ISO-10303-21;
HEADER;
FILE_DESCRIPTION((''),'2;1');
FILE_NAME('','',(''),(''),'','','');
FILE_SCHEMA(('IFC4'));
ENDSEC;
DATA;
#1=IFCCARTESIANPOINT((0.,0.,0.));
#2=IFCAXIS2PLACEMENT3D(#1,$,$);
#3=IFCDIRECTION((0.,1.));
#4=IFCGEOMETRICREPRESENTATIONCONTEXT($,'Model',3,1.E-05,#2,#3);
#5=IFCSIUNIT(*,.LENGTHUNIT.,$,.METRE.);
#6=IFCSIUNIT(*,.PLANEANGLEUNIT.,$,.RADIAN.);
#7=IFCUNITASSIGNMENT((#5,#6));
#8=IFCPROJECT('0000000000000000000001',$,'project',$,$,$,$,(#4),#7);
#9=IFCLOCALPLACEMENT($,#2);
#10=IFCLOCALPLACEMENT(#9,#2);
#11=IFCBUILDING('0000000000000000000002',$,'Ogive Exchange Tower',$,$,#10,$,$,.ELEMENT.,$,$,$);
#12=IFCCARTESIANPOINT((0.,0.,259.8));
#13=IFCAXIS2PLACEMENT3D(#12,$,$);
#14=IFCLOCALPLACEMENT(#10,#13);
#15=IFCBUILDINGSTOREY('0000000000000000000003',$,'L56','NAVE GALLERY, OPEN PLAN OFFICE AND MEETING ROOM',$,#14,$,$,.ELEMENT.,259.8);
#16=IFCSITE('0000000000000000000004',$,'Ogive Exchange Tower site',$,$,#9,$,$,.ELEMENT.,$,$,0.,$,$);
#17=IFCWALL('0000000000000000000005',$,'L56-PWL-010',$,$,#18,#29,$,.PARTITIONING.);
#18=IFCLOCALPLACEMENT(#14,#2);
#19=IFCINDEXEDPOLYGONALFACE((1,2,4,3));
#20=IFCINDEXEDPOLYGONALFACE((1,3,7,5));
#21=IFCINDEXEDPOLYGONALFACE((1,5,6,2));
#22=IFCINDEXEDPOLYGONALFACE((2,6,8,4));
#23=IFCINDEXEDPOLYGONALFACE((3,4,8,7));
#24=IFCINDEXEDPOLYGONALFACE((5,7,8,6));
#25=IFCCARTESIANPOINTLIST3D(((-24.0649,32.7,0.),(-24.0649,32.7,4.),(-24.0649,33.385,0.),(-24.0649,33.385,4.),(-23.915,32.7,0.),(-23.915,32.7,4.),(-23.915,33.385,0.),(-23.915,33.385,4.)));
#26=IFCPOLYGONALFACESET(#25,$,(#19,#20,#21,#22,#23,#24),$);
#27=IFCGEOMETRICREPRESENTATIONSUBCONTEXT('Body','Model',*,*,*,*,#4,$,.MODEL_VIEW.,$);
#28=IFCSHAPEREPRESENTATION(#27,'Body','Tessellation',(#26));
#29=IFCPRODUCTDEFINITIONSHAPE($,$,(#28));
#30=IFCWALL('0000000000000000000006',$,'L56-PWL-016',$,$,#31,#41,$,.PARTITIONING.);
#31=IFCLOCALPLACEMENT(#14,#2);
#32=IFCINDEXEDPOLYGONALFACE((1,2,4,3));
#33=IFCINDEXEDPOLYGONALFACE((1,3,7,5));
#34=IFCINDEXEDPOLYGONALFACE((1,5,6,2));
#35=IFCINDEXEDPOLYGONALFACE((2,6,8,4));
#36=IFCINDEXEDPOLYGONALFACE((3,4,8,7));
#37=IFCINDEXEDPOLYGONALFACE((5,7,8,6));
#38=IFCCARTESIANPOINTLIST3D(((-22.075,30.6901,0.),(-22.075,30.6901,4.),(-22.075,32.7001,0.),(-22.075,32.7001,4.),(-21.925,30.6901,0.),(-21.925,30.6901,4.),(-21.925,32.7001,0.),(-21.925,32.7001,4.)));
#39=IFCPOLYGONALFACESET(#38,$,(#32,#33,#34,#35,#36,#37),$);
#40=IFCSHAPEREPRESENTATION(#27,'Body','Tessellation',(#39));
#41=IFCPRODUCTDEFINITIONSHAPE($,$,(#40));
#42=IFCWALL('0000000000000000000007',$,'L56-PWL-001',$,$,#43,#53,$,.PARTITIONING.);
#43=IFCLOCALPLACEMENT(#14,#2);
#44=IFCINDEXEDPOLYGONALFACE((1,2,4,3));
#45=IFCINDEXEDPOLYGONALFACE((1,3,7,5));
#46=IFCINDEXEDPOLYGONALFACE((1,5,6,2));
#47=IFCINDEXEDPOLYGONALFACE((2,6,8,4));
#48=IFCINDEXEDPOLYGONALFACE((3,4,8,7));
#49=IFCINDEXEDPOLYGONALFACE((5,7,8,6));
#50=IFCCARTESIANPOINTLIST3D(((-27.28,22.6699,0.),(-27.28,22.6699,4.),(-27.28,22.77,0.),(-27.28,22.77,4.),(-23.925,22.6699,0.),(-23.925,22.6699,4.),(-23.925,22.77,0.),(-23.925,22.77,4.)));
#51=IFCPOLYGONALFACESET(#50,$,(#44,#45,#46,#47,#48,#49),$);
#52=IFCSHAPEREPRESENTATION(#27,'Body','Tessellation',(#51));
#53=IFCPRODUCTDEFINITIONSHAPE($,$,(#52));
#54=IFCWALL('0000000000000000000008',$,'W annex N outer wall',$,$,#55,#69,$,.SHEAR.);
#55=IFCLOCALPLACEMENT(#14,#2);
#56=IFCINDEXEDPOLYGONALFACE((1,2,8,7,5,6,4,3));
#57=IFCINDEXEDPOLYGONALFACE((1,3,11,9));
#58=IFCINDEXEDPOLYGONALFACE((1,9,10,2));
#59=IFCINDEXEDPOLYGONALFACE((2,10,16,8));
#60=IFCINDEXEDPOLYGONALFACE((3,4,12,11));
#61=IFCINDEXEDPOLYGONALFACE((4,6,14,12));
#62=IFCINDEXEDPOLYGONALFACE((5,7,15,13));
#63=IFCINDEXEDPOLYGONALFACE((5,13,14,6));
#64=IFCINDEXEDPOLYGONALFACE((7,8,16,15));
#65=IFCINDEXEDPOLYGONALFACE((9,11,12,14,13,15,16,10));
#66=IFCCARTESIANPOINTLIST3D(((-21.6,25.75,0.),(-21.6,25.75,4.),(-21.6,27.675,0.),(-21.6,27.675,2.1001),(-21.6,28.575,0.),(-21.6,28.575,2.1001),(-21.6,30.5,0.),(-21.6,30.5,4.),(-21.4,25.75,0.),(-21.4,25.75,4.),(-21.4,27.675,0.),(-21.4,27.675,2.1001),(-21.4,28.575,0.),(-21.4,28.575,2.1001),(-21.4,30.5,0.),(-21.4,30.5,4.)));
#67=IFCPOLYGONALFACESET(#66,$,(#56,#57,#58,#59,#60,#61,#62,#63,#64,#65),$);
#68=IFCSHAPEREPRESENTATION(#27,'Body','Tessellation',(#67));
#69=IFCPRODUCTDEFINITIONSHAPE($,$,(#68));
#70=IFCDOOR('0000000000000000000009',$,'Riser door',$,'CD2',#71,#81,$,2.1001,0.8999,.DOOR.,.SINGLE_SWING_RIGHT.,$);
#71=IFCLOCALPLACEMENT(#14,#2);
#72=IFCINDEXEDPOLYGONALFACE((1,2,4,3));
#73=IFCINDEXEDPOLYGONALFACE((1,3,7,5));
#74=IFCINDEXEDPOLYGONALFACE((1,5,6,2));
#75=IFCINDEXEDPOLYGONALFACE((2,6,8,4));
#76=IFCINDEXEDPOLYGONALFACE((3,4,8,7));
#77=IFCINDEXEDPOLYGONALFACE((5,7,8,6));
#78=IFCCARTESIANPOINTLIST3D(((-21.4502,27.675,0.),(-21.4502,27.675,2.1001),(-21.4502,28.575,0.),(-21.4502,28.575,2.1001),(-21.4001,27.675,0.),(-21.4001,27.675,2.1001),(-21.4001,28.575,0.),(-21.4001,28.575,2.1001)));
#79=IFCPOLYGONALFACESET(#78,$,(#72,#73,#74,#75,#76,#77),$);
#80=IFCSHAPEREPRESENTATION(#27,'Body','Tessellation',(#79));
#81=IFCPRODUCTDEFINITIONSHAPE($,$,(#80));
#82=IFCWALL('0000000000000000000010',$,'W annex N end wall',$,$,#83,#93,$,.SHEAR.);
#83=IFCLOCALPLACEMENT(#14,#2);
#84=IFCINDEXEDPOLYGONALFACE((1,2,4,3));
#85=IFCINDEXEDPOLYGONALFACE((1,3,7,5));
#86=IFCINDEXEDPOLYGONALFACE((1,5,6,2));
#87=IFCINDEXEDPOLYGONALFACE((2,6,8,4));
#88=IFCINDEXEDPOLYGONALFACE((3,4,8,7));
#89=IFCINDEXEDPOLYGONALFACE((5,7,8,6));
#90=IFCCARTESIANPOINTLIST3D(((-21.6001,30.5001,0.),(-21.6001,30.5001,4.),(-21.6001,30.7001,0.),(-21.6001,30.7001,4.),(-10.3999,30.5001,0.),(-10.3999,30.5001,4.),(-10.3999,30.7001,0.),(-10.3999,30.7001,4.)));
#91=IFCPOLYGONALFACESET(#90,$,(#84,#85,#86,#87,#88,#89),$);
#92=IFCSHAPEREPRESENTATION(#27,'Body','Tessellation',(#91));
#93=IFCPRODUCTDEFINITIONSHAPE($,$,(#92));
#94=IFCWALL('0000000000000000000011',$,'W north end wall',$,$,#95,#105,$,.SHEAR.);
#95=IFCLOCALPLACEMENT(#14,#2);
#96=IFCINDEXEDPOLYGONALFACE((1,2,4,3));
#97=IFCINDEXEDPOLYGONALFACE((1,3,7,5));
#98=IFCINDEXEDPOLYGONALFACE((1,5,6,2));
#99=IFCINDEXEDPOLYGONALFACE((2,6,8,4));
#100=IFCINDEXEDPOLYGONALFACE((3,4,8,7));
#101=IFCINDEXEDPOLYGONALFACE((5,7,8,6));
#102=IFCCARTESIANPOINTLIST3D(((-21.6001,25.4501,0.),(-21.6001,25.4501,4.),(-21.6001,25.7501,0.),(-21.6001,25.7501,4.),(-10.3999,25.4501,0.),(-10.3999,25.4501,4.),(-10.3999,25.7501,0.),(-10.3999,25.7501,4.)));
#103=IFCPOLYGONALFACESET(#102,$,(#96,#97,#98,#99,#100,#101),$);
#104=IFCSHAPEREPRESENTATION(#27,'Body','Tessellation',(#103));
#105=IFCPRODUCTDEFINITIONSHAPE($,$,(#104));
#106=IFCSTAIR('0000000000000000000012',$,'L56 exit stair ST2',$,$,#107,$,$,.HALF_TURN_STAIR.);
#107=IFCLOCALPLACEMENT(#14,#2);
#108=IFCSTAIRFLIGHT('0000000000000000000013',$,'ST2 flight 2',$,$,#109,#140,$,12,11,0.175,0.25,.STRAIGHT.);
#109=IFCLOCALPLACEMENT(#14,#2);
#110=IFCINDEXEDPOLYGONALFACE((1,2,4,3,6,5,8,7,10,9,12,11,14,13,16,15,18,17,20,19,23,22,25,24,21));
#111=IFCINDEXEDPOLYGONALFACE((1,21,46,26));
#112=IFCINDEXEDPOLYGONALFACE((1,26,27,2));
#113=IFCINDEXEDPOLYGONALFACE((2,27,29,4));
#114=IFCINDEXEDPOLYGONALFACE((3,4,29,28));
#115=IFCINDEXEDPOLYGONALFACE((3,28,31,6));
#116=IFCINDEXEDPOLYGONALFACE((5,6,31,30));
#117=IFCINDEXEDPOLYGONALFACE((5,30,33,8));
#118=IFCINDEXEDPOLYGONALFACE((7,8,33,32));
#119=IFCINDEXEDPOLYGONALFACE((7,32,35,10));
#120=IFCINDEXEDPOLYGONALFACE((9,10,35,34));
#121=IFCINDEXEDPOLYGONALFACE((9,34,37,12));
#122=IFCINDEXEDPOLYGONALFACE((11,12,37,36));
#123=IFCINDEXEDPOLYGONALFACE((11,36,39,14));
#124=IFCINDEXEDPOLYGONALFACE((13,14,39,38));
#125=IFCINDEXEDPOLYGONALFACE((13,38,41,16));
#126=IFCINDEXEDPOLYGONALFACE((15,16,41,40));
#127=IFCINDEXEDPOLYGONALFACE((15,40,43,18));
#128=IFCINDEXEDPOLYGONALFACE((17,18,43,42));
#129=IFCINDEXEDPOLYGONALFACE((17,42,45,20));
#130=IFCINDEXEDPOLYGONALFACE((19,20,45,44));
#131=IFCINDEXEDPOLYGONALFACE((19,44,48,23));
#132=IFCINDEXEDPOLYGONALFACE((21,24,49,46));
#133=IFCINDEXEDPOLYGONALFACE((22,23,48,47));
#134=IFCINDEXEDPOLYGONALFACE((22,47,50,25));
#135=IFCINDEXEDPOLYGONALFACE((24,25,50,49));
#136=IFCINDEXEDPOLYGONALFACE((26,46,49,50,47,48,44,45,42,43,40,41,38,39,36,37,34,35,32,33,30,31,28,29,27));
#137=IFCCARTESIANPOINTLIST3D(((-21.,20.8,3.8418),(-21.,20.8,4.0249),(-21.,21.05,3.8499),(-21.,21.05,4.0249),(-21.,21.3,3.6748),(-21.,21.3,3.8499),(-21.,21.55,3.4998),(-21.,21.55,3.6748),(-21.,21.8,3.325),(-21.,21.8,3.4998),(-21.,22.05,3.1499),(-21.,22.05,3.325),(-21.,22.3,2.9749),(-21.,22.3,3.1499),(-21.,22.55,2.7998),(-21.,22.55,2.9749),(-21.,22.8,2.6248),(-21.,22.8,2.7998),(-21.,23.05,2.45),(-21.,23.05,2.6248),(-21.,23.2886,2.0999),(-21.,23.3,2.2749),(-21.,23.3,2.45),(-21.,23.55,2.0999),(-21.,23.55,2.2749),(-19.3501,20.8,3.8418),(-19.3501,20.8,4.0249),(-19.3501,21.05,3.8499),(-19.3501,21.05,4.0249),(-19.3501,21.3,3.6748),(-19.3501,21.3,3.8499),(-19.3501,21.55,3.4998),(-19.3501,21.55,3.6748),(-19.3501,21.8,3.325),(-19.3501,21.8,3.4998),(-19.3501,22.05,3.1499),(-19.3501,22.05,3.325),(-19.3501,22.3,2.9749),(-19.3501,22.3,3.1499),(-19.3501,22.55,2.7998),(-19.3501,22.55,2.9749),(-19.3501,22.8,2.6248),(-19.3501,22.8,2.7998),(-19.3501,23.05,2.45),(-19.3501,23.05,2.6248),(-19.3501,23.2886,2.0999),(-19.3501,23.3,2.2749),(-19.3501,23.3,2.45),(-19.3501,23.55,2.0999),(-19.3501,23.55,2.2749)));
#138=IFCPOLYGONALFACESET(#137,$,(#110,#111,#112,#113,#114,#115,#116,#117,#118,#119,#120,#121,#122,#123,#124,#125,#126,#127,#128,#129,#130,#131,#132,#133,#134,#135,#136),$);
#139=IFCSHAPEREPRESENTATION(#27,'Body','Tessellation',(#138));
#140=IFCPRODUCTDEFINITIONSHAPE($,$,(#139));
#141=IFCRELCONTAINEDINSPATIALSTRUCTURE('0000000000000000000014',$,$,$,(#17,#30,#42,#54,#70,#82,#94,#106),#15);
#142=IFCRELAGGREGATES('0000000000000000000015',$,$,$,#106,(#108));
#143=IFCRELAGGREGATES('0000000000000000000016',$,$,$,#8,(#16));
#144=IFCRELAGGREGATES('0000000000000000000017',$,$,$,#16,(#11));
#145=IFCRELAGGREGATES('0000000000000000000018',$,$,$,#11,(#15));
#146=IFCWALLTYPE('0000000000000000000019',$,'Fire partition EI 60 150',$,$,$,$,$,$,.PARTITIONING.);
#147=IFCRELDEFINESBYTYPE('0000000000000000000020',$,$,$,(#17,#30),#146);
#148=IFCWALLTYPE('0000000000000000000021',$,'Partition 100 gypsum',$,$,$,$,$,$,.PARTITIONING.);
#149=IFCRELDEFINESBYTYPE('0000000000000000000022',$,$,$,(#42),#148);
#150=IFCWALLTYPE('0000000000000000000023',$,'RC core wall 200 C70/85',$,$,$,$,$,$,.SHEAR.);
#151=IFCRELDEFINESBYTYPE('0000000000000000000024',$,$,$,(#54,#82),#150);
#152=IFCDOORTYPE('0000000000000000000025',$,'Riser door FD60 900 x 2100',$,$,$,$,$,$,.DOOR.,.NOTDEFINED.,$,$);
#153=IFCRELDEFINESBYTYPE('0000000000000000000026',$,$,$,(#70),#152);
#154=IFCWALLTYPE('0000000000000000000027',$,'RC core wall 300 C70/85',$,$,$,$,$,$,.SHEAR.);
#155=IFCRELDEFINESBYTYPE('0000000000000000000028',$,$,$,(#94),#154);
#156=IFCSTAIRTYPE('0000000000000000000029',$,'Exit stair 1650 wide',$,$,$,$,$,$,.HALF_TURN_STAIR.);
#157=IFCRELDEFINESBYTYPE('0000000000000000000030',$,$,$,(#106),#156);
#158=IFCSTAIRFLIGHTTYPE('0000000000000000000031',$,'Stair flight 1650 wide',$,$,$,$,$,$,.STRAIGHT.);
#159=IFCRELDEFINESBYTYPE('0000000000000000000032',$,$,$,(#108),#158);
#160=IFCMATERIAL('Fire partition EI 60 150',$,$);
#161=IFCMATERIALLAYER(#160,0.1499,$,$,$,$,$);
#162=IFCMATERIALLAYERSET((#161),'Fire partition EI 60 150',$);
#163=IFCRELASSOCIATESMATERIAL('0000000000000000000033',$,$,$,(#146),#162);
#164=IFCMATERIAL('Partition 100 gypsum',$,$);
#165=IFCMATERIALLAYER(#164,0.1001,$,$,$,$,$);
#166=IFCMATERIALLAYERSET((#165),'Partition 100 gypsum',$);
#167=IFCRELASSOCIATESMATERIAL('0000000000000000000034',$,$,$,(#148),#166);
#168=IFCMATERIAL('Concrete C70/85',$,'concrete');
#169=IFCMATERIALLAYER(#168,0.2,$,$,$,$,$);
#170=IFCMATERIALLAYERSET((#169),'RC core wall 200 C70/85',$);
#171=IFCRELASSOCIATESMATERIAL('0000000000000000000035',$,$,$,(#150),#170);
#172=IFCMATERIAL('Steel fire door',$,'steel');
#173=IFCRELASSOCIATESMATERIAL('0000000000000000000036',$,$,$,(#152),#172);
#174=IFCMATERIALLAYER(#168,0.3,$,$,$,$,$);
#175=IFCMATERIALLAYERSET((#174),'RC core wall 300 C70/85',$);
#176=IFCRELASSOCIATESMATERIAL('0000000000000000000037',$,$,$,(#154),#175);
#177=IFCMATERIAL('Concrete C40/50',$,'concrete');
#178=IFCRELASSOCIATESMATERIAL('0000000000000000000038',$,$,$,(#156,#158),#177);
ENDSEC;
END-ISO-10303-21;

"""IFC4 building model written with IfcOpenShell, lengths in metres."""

from ifc_helpers import new_model, si_unit, direction, frame, frame_2d, origin, place, context, subcontext, project, spatial, polyline, rectangle, outline, extrude, material, layer, layer_set, type_object, element, fill, aggregate, save


model = new_model("IFC4")

# Units and contexts
model_context = context("Model", 3, precision=1e-05, world=origin(), true_north=direction((0.0, 1.0)))
body_context = subcontext(model_context, "Body", "Model", "MODEL_VIEW")
ifc_project = project(units=[si_unit("LENGTHUNIT", "METRE"), si_unit("PLANEANGLEUNIT", "RADIAN")], contexts=[model_context])

# Site, building, storey
site_placement = place(None, origin())
site = spatial("IfcSite", under=ifc_project, at=site_placement, Name="Ogive Exchange Tower site", CompositionType="ELEMENT", RefElevation=0.0)
building_placement = place(site_placement, origin())
building = spatial("IfcBuilding", under=site, at=building_placement, Name="Ogive Exchange Tower", CompositionType="ELEMENT")
storey_placement = place(building_placement, frame((0.0, 0.0, 259.8)))
storey = spatial("IfcBuildingStorey", under=building, at=storey_placement, Name="L56", Description="NAVE GALLERY, OPEN PLAN OFFICE AND MEETING ROOM", CompositionType="ELEMENT", Elevation=259.8)

# Shared definitions
ifc_material_1 = material(Name="Fire partition EI 60 150")
ifc_layer_1 = layer(ifc_material_1, 0.1499)
ifc_layer_set_1 = layer_set([ifc_layer_1], Name="Fire partition EI 60 150")
wall_type_1 = type_object("IfcWallType", Name="Fire partition EI 60 150", PredefinedType="PARTITIONING", material=ifc_layer_set_1)

# Walls
wall_1_placement = place(storey_placement, frame((-23.99, 32.7, 0.0), z_axis=(0.0, 0.0, 1.0), x_axis=(0.0, 1.0, 0.0)))
element("IfcWall", 1, at=wall_1_placement, inside=storey, type_object=wall_type_1, Name="L56-PWL-010", PredefinedType="PARTITIONING", context=body_context, shape_type="SweptSolid", body=[
    extrude(rectangle(XDim=0.6851, YDim=0.1499, at=frame_2d((0.3425, 0.0))), origin(), (0.0, 0.0, 1.0), 4.0),
])
wall_2_placement = place(storey_placement, frame((-22.0, 32.7, 0.0), z_axis=(0.0, 0.0, 1.0), x_axis=(0.0, -1.0, 0.0)))
element("IfcWall", 2, at=wall_2_placement, inside=storey, type_object=wall_type_1, Name="L56-PWL-016", PredefinedType="PARTITIONING", context=body_context, shape_type="SweptSolid", body=[
    extrude(rectangle(XDim=2.01, YDim=0.1499, at=frame_2d((1.0049, 0.0))), origin(), (0.0, 0.0, 1.0), 4.0),
])
ifc_material_2 = material(Name="Partition 100 gypsum")
ifc_layer_2 = layer(ifc_material_2, 0.1001)
ifc_layer_set_2 = layer_set([ifc_layer_2], Name="Partition 100 gypsum")
wall_type_2 = type_object("IfcWallType", Name="Partition 100 gypsum", PredefinedType="PARTITIONING", material=ifc_layer_set_2)
wall_3_placement = place(storey_placement, frame((-27.28, 22.72, 0.0), z_axis=(0.0, 0.0, 1.0), x_axis=(1.0, 0.0, 0.0)))
element("IfcWall", 3, at=wall_3_placement, inside=storey, type_object=wall_type_2, Name="L56-PWL-001", PredefinedType="PARTITIONING", context=body_context, shape_type="SweptSolid", body=[
    extrude(rectangle(XDim=3.355, YDim=0.1001, at=frame_2d((1.6775, 0.0))), origin(), (0.0, 0.0, 1.0), 4.0),
])

# Wall, opening, door
ifc_material_3 = material(Name="Concrete C70/85", Category="concrete")
ifc_layer_3 = layer(ifc_material_3, 0.2)
ifc_layer_set_3 = layer_set([ifc_layer_3], Name="RC core wall 200 C70/85")
wall_type_3 = type_object("IfcWallType", Name="RC core wall 200 C70/85", PredefinedType="SHEAR", material=ifc_layer_set_3)
wall_4_placement = place(storey_placement, frame((-21.5, 25.75, 0.0), z_axis=(0.0, 0.0, 1.0), x_axis=(0.0, 1.0, 0.0)))
wall_4 = element("IfcWall", 4, at=wall_4_placement, inside=storey, type_object=wall_type_3, Name="W annex N outer wall", PredefinedType="SHEAR", context=body_context, shape_type="SweptSolid", body=[
    extrude(rectangle(XDim=4.75, YDim=0.2, at=frame_2d((2.375, 0.0))), origin(), (0.0, 0.0, 1.0), 4.0),
])
opening_1_placement = place(wall_4_placement, frame((1.925, 0.0, 0.0)))
opening_1 = element("IfcOpeningElement", 5, at=opening_1_placement, cuts=wall_4, PredefinedType="OPENING", context=body_context, shape_type="SweptSolid", body=[
    extrude(rectangle(XDim=0.8999, YDim=2.1001, at=frame_2d((0.45, 1.05))), frame((0.0, 0.1099, 0.0), z_axis=(0.0, -1.0, 0.0), x_axis=(1.0, 0.0, 0.0)), (0.0, 0.0, 1.0), 0.22),
])
ifc_material_4 = material(Name="Steel fire door", Category="steel")
door_type_1 = type_object("IfcDoorType", Name="Riser door FD60 900 x 2100", OperationType="NOTDEFINED", PredefinedType="DOOR", material=ifc_material_4)
door_1_placement = place(opening_1_placement, origin())
door_1 = element("IfcDoor", 6, at=door_1_placement, inside=storey, type_object=door_type_1, Name="Riser door", ObjectType="CD2", OperationType="SINGLE_SWING_RIGHT", OverallHeight=2.1001, OverallWidth=0.8999, PredefinedType="DOOR", context=body_context, shape_type="SweptSolid", body=[
    extrude(rectangle(XDim=0.8999, YDim=2.1001, at=frame_2d((0.45, 1.05))), frame((0.0, -0.0498, 0.0), z_axis=(0.0, -1.0, 0.0), x_axis=(1.0, 0.0, 0.0)), (0.0, 0.0, 1.0), 0.05),
])
fill(opening_1, door_1)

# Walls
wall_5_placement = place(storey_placement, frame((-21.6001, 30.6001, 0.0), z_axis=(0.0, 0.0, 1.0), x_axis=(1.0, 0.0, 0.0)))
element("IfcWall", 7, at=wall_5_placement, inside=storey, type_object=wall_type_3, Name="W annex N end wall", PredefinedType="SHEAR", context=body_context, shape_type="SweptSolid", body=[
    extrude(rectangle(XDim=11.2002, YDim=0.2, at=frame_2d((5.6001, 0.0))), origin(), (0.0, 0.0, 1.0), 4.0),
])
ifc_layer_4 = layer(ifc_material_3, 0.3)
ifc_layer_set_4 = layer_set([ifc_layer_4], Name="RC core wall 300 C70/85")
wall_type_4 = type_object("IfcWallType", Name="RC core wall 300 C70/85", PredefinedType="SHEAR", material=ifc_layer_set_4)
wall_6_placement = place(storey_placement, frame((-21.6001, 25.6001, 0.0), z_axis=(0.0, 0.0, 1.0), x_axis=(1.0, 0.0, 0.0)))
element("IfcWall", 8, at=wall_6_placement, inside=storey, type_object=wall_type_4, Name="W north end wall", PredefinedType="SHEAR", context=body_context, shape_type="SweptSolid", body=[
    extrude(rectangle(XDim=11.2002, YDim=0.3, at=frame_2d((5.6001, 0.0))), origin(), (0.0, 0.0, 1.0), 4.0),
])

# Stair, stair flight
ifc_material_5 = material(Name="Concrete C40/50", Category="concrete")
stair_type = type_object("IfcStairType", Name="Exit stair 1650 wide", PredefinedType="HALF_TURN_STAIR", material=ifc_material_5)
stair_placement = place(storey_placement, origin())
stair = element("IfcStair", 9, at=stair_placement, inside=storey, type_object=stair_type, Name="L56 exit stair ST2", PredefinedType="HALF_TURN_STAIR")
stair_flight_type = type_object("IfcStairFlightType", Name="Stair flight 1650 wide", PredefinedType="STRAIGHT", material=ifc_material_5)
stair_flight_placement = place(storey_placement, frame((-20.175, 23.55, 2.0999), z_axis=(0.0, 0.0, 1.0), x_axis=(0.0, -1.0, 0.0)))
stair_flight = element("IfcStairFlight", 10, at=stair_flight_placement, type_object=stair_flight_type, Name="ST2 flight 2", NumberOfRisers=12, NumberOfTreads=11, PredefinedType="STRAIGHT", RiserHeight=0.175, TreadLength=0.25, context=body_context, shape_type="SweptSolid", body=[
    extrude(outline(polyline([(0.0, 0.0), (0.0, 0.175), (0.25, 0.175), (0.25, 0.3501), (0.5, 0.3501), (0.5, 0.5249), (0.75, 0.5249), (0.75, 0.7), (1.0, 0.7), (1.0, 0.875), (1.25, 0.875), (1.25, 1.05), (1.5, 1.05), (1.5, 1.2251), (1.75, 1.2251), (1.75, 1.3999), (2.0, 1.3999), (2.0, 1.575), (2.25, 1.575), (2.25, 1.75), (2.5, 1.75), (2.5, 1.925), (2.75, 1.925), (2.75, 2.1001), (2.75, 1.7419), (0.2615, 0.0), (0.0, 0.0)])), frame((0.0, 0.825, 0.0), z_axis=(0.0, -1.0, 0.0), x_axis=(1.0, 0.0, 0.0)), (0.0, 0.0, 1.0), 1.6499),
])
aggregate(stair, [stair_flight])

save(model, "model.ifc")
